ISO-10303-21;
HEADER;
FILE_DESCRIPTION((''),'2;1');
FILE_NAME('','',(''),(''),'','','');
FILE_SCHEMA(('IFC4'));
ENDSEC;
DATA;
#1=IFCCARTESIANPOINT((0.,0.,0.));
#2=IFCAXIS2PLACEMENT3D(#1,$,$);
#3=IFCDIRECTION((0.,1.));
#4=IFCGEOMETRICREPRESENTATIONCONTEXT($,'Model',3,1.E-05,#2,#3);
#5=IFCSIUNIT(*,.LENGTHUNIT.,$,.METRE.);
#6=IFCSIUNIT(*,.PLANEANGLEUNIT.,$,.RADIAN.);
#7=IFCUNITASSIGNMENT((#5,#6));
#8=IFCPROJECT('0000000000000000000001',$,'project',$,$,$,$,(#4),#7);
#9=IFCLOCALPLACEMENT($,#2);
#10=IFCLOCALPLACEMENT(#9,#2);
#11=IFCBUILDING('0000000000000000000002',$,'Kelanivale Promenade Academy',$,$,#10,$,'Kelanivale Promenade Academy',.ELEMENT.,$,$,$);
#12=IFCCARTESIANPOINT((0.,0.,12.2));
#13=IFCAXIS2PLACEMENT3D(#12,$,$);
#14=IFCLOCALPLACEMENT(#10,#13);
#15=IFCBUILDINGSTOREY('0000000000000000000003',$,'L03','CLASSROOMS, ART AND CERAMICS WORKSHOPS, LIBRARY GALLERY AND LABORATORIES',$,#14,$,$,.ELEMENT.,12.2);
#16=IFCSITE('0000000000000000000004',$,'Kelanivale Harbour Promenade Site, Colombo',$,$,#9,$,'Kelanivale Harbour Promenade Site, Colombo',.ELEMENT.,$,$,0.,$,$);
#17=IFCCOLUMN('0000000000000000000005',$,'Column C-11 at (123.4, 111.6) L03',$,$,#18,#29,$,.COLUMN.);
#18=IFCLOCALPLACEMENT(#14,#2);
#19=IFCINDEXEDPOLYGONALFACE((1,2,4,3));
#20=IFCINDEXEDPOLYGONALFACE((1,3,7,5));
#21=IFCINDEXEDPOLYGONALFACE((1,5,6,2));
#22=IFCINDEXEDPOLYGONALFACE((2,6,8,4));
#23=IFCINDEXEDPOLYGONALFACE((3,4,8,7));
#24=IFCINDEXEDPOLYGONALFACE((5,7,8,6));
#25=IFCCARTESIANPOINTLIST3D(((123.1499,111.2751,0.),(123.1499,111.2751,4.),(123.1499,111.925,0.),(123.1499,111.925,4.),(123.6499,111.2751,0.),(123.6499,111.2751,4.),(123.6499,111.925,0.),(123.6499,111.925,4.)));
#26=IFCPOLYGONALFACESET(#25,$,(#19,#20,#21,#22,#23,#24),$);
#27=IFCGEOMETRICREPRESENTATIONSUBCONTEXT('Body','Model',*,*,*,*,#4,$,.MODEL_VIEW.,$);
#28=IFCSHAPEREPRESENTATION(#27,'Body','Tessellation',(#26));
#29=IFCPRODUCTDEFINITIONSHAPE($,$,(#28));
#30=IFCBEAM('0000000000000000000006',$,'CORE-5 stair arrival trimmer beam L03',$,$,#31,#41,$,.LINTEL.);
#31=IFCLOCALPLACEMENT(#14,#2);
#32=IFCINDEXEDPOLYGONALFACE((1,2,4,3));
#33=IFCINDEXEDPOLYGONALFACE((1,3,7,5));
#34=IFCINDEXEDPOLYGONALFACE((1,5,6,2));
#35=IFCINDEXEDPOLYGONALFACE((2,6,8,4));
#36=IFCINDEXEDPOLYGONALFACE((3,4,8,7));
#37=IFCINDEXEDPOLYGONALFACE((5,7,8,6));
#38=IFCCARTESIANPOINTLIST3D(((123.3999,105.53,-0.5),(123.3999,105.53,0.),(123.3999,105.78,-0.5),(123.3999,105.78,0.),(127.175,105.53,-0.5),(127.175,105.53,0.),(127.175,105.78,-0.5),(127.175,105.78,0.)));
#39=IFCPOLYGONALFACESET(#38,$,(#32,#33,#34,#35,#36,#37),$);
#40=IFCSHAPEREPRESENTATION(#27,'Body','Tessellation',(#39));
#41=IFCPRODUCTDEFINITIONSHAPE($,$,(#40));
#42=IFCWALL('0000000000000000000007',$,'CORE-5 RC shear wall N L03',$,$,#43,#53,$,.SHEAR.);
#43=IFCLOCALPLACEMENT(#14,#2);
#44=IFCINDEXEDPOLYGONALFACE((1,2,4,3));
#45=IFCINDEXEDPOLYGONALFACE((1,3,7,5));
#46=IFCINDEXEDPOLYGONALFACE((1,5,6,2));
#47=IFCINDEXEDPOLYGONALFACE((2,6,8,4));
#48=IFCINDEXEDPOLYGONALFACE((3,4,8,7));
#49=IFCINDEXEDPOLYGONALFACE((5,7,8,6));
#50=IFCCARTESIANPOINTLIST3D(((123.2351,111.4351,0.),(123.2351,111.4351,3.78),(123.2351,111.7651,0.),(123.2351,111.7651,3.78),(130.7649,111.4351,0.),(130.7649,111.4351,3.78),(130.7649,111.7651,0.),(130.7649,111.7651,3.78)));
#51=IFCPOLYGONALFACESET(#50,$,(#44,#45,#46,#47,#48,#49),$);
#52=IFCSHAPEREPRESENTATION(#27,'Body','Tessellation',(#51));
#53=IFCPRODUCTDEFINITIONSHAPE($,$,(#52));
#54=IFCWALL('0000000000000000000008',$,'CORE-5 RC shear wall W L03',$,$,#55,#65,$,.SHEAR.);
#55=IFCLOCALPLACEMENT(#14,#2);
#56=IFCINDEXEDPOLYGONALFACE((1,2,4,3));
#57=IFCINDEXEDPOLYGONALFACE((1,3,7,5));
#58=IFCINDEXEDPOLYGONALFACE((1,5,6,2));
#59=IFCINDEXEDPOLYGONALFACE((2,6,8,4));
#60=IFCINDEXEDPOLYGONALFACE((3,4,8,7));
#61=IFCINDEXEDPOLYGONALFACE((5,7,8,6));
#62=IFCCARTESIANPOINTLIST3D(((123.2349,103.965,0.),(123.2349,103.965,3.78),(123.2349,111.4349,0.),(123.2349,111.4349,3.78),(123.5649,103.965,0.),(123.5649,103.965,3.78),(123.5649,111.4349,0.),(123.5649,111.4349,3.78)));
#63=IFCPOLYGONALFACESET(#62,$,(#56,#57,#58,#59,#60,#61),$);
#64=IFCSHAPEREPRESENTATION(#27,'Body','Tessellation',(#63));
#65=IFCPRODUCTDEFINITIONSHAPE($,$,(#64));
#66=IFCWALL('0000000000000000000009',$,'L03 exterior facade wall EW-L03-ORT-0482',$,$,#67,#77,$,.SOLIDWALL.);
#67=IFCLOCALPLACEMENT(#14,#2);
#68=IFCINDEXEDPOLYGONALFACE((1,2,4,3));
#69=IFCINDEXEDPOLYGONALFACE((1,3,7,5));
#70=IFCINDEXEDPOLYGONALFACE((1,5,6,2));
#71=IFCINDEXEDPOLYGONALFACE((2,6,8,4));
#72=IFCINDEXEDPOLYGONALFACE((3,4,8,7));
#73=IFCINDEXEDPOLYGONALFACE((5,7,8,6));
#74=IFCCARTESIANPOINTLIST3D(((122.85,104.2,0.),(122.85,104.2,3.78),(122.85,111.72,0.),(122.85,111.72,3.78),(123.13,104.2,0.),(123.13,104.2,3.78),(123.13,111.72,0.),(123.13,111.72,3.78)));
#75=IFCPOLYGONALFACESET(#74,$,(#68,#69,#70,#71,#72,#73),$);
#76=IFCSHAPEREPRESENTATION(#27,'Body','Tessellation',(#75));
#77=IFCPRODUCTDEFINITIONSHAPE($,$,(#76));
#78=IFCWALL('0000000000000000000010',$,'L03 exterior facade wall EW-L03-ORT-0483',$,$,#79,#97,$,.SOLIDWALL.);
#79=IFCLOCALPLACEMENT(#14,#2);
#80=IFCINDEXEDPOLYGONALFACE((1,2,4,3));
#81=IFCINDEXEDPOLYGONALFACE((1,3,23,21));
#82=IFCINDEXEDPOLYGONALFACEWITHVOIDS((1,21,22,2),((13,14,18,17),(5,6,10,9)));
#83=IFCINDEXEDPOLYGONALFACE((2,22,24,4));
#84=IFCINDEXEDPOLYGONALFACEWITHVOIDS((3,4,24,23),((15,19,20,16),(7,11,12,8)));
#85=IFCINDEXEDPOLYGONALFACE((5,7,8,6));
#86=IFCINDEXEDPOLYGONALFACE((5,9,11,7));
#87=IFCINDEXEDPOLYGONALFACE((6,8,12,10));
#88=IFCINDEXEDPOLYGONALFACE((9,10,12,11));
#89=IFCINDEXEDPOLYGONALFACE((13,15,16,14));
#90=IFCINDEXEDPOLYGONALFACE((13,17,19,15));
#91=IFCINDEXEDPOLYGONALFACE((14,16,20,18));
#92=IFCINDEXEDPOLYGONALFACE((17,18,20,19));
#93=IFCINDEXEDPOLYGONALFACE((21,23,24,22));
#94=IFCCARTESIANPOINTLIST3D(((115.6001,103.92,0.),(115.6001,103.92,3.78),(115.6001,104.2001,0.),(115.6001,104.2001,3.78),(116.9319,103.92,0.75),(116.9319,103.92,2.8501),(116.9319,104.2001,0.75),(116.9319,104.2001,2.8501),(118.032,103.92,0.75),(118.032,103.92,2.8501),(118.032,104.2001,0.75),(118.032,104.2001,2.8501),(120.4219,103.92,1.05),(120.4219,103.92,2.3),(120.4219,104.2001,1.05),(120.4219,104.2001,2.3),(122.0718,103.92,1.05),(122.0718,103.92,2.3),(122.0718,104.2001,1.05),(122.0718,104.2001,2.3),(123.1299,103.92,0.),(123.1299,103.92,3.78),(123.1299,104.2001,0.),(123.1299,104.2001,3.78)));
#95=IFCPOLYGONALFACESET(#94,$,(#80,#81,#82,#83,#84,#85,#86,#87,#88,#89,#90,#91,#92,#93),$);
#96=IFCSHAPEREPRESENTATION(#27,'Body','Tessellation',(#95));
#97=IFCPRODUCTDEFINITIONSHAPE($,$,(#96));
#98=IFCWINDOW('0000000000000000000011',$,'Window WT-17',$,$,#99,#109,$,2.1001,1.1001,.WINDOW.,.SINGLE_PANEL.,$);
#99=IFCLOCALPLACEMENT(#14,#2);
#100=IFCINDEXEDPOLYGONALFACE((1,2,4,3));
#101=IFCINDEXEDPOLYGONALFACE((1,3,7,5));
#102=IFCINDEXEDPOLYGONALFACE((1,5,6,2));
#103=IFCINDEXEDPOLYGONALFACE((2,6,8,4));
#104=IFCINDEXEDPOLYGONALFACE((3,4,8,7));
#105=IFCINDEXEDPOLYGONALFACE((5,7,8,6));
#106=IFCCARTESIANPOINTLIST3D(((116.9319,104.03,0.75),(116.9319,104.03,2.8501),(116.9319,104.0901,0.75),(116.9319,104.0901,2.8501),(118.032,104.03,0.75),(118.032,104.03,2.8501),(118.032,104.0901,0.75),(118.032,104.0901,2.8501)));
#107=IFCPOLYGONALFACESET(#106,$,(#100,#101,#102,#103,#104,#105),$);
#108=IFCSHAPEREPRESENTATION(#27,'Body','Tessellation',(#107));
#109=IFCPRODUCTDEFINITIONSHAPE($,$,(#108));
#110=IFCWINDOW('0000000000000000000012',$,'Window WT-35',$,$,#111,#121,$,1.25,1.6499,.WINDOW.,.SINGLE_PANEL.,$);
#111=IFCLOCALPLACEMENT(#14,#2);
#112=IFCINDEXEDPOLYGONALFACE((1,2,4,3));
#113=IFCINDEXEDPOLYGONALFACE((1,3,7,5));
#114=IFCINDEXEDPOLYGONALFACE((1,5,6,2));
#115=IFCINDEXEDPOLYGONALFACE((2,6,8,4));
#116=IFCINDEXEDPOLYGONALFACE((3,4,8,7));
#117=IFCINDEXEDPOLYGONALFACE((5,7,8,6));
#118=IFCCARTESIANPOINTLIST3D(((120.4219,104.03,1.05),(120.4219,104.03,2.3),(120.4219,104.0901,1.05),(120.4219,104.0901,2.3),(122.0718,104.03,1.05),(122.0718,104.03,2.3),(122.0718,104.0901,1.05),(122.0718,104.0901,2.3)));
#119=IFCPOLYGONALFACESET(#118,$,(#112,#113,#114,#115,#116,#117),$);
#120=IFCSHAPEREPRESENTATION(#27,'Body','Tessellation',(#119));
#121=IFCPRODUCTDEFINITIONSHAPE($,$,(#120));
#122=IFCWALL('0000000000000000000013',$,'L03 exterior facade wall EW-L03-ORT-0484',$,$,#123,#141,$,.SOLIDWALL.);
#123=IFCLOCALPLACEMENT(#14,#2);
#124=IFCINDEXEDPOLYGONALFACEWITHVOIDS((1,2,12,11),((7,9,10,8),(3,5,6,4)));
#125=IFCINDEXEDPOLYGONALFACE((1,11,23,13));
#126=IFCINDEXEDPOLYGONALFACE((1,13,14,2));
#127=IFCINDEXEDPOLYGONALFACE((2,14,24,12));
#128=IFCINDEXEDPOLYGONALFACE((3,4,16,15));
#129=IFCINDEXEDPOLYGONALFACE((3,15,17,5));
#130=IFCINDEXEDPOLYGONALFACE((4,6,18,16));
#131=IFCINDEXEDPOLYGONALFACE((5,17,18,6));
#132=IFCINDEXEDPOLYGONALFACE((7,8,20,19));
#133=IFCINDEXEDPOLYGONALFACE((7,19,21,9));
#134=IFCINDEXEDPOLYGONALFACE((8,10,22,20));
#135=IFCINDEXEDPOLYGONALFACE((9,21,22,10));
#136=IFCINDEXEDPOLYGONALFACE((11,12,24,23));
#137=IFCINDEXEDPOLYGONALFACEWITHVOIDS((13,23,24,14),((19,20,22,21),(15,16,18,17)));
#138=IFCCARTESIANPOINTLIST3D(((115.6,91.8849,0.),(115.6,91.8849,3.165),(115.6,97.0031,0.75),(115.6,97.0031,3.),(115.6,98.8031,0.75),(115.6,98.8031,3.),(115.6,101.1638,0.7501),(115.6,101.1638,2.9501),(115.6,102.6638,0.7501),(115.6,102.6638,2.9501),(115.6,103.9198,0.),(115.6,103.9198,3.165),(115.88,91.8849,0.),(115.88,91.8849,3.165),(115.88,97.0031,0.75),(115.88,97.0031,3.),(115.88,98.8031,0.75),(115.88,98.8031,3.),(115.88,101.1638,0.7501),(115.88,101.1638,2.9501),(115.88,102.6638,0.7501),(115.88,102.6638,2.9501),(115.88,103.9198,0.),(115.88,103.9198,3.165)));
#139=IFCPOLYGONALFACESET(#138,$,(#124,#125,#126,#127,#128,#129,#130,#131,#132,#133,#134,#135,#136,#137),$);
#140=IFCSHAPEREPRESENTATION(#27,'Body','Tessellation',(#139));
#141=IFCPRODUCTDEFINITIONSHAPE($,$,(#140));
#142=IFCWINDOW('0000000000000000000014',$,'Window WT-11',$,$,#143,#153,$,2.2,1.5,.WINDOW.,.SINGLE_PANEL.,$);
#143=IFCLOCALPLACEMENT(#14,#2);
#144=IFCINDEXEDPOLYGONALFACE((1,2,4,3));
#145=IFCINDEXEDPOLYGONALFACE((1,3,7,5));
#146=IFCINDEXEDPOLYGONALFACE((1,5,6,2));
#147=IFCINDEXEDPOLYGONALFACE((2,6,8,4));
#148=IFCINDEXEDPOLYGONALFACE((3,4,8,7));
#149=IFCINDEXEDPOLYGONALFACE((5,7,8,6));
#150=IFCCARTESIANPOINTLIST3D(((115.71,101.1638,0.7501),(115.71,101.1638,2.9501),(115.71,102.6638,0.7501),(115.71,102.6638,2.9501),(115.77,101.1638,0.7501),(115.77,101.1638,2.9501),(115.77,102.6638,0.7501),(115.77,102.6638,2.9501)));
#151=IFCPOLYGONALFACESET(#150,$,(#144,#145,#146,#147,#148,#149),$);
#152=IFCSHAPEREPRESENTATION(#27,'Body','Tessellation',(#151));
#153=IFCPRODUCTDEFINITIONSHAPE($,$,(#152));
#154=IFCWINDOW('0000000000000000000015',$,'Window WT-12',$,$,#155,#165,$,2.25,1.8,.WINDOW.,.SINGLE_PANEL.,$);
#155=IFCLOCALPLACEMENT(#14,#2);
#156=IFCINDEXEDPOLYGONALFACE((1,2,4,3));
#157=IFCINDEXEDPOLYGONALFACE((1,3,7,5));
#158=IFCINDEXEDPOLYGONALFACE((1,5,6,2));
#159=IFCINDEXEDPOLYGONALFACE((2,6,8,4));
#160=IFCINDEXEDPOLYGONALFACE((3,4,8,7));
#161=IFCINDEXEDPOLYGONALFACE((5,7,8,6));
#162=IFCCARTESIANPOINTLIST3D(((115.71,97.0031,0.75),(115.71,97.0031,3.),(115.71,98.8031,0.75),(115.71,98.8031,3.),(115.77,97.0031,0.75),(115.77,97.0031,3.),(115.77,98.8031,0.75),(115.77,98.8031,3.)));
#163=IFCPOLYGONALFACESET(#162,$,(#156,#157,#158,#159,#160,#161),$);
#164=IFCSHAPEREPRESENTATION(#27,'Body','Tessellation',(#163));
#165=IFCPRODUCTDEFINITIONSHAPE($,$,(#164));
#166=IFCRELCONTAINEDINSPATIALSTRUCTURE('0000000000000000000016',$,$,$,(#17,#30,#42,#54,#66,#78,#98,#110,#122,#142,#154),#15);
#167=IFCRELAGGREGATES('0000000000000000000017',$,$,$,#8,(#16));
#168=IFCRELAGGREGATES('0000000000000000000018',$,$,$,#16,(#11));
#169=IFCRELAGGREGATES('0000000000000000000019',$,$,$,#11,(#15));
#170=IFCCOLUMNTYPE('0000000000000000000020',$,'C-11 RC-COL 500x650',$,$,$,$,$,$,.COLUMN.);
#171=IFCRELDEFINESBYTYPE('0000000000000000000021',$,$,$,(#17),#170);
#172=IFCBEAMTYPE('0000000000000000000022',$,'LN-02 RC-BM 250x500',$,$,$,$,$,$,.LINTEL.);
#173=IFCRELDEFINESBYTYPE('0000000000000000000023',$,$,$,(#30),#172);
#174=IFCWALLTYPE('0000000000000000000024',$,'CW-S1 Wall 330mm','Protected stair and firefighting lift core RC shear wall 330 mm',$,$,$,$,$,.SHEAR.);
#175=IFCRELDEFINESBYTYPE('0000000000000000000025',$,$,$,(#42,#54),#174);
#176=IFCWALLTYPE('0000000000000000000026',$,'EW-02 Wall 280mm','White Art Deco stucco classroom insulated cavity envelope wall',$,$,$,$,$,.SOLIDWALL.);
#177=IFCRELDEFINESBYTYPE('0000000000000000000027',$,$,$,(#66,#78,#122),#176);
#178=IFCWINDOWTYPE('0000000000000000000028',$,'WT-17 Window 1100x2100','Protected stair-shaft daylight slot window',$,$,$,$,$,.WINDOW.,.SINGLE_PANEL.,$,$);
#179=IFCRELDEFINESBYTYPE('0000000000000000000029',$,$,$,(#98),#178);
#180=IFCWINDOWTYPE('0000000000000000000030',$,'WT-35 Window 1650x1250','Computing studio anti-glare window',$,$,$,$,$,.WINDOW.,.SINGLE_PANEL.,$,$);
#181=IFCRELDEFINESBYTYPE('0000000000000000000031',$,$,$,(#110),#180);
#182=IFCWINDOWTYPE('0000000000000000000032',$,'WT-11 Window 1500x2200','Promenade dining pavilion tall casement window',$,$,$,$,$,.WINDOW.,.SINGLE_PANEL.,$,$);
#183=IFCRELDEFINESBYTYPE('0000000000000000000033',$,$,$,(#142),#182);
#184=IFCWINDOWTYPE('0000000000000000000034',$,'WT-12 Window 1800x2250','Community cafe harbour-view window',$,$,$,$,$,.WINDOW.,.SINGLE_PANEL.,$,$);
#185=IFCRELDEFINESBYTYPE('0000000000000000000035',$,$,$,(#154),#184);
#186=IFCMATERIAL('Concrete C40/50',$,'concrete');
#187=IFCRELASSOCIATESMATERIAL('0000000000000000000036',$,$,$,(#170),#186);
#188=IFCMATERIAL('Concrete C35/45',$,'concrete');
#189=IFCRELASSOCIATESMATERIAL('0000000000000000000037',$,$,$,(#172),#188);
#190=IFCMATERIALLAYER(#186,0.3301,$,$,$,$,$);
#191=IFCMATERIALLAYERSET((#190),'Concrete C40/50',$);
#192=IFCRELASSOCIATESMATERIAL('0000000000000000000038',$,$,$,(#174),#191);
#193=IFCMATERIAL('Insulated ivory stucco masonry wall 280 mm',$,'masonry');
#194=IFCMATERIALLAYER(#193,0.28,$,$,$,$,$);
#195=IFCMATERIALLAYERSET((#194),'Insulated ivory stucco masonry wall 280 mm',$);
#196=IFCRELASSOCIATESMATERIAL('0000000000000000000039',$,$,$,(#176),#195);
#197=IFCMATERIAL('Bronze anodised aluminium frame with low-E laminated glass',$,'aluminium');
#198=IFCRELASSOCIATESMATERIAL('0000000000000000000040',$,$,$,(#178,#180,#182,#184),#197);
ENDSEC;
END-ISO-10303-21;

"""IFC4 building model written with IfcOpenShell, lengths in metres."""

from ifc_helpers import new_model, si_unit, direction, frame, frame_2d, origin, origin_2d, place, context, subcontext, project, spatial, rectangle, extrude, material, layer, layer_set, material_profile, profile_set, type_object, element, fill, save


model = new_model("IFC4")

# Units and contexts
model_context = context("Model", 3, precision=1e-05, world=origin(), true_north=direction((0.0, 1.0)))
body_context = subcontext(model_context, "Body", "Model", "MODEL_VIEW")
ifc_project = project(units=[si_unit("LENGTHUNIT", "METRE"), si_unit("PLANEANGLEUNIT", "RADIAN")], contexts=[model_context])

# Site, building, storey
site_placement = place(None, origin())
site = spatial("IfcSite", under=ifc_project, at=site_placement, Name="Kelanivale Harbour Promenade Site, Colombo", LongName="Kelanivale Harbour Promenade Site, Colombo", CompositionType="ELEMENT", RefElevation=0.0)
building_placement = place(site_placement, origin())
building = spatial("IfcBuilding", under=site, at=building_placement, Name="Kelanivale Promenade Academy", LongName="Kelanivale Promenade Academy", CompositionType="ELEMENT")
storey_placement = place(building_placement, frame((0.0, 0.0, 12.2)))
storey = spatial("IfcBuildingStorey", under=building, at=storey_placement, Name="L03", Description="CLASSROOMS, ART AND CERAMICS WORKSHOPS, LIBRARY GALLERY AND LABORATORIES", CompositionType="ELEMENT", Elevation=12.2)

# Column
ifc_material_1 = material(Name="Concrete C40/50", Category="concrete")
ifc_material_profile_1 = material_profile(ifc_material_1, rectangle(XDim=0.5, YDim=0.6499, at=origin_2d()), Name="RC-COL 500x650")
ifc_profile_set_1 = profile_set([ifc_material_profile_1], Name="Concrete C40/50")
column_type = type_object("IfcColumnType", Name="C-11 RC-COL 500x650", PredefinedType="COLUMN", material=ifc_profile_set_1)
column_placement = place(storey_placement, frame((123.3999, 111.6001, 0.0), z_axis=(0.0, 0.0, 1.0), x_axis=(1.0, 0.0, 0.0)))
element("IfcColumn", 1, at=column_placement, inside=storey, type_object=column_type, Name="Column C-11 at (123.4, 111.6) L03", PredefinedType="COLUMN", context=body_context, shape_type="SweptSolid", body=[
    extrude(rectangle(XDim=0.5, YDim=0.6499, at=origin_2d()), origin(), (0.0, 0.0, 1.0), 4.0),
])

# Beam
ifc_material_2 = material(Name="Concrete C35/45", Category="concrete")
ifc_material_profile_2 = material_profile(ifc_material_2, rectangle(XDim=0.25, YDim=0.5, at=origin_2d()), Name="RC-BM 250x500")
ifc_profile_set_2 = profile_set([ifc_material_profile_2], Name="Concrete C35/45")
beam_type = type_object("IfcBeamType", Name="LN-02 RC-BM 250x500", PredefinedType="LINTEL", material=ifc_profile_set_2)
beam_placement = place(storey_placement, frame((123.3999, 105.655, -0.25), z_axis=(1.0, 0.0, 0.0), x_axis=(0.0, 1.0, 0.0)))
element("IfcBeam", 2, at=beam_placement, inside=storey, type_object=beam_type, Name="CORE-5 stair arrival trimmer beam L03", PredefinedType="LINTEL", context=body_context, shape_type="SweptSolid", body=[
    extrude(rectangle(XDim=0.25, YDim=0.5, at=origin_2d()), origin(), (0.0, 0.0, 1.0), 3.7751),
])

# Walls
ifc_layer_1 = layer(ifc_material_1, 0.3301)
ifc_layer_set_1 = layer_set([ifc_layer_1], Name="Concrete C40/50")
wall_type_1 = type_object("IfcWallType", Name="CW-S1 Wall 330mm", Description="Protected stair and firefighting lift core RC shear wall 330 mm", PredefinedType="SHEAR", material=ifc_layer_set_1)
wall_1_placement = place(storey_placement, frame((123.2351, 111.6001, 0.0), z_axis=(0.0, 0.0, 1.0), x_axis=(1.0, 0.0, 0.0)))
element("IfcWall", 3, at=wall_1_placement, inside=storey, type_object=wall_type_1, Name="CORE-5 RC shear wall N L03", PredefinedType="SHEAR", context=body_context, shape_type="SweptSolid", body=[
    extrude(rectangle(XDim=7.5298, YDim=0.3301, at=frame_2d((3.7649, 0.0))), origin(), (0.0, 0.0, 1.0), 3.78),
])
wall_2_placement = place(storey_placement, frame((123.3999, 103.9651, 0.0), z_axis=(0.0, 0.0, 1.0), x_axis=(0.0, 1.0, 0.0)))
element("IfcWall", 4, at=wall_2_placement, inside=storey, type_object=wall_type_1, Name="CORE-5 RC shear wall W L03", PredefinedType="SHEAR", context=body_context, shape_type="SweptSolid", body=[
    extrude(rectangle(XDim=7.47, YDim=0.3301, at=frame_2d((3.7349, 0.0))), origin(), (0.0, 0.0, 1.0), 3.78),
])
ifc_material_3 = material(Name="Insulated ivory stucco masonry wall 280 mm", Category="masonry")
ifc_layer_2 = layer(ifc_material_3, 0.28)
ifc_layer_set_2 = layer_set([ifc_layer_2], Name="Insulated ivory stucco masonry wall 280 mm")
wall_type_2 = type_object("IfcWallType", Name="EW-02 Wall 280mm", Description="White Art Deco stucco classroom insulated cavity envelope wall", PredefinedType="SOLIDWALL", material=ifc_layer_set_2)
wall_3_placement = place(storey_placement, frame((122.99, 111.72, 0.0), z_axis=(0.0, 0.0, 1.0), x_axis=(0.0, -1.0, 0.0)))
element("IfcWall", 5, at=wall_3_placement, inside=storey, type_object=wall_type_2, Name="L03 exterior facade wall EW-L03-ORT-0482", PredefinedType="SOLIDWALL", context=body_context, shape_type="SweptSolid", body=[
    extrude(rectangle(XDim=7.52, YDim=0.28, at=frame_2d((3.76, 0.0))), origin(), (0.0, 0.0, 1.0), 3.78),
])

# Walls, openings, windows
wall_4_placement = place(storey_placement, frame((123.1299, 104.0601, 0.0), z_axis=(0.0, 0.0, 1.0), x_axis=(-1.0, 0.0, 0.0)))
wall_4 = element("IfcWall", 6, at=wall_4_placement, inside=storey, type_object=wall_type_2, Name="L03 exterior facade wall EW-L03-ORT-0483", PredefinedType="SOLIDWALL", context=body_context, shape_type="SweptSolid", body=[
    extrude(rectangle(XDim=7.5298, YDim=0.28, at=frame_2d((3.7649, 0.0))), origin(), (0.0, 0.0, 1.0), 3.78),
])
opening_1_placement = place(wall_4_placement, frame((1.0581, 0.0, 1.05)))
opening_1 = element("IfcOpeningElement", 7, at=opening_1_placement, cuts=wall_4, PredefinedType="OPENING", context=body_context, shape_type="SweptSolid", body=[
    extrude(rectangle(XDim=1.6499, YDim=1.25, at=frame_2d((0.825, 0.625))), frame((0.0, 0.1499, 0.0), z_axis=(0.0, -1.0, 0.0), x_axis=(1.0, 0.0, 0.0)), (0.0, 0.0, 1.0), 0.3),
])
opening_2_placement = place(wall_4_placement, frame((5.0979, 0.0, 0.75)))
opening_2 = element("IfcOpeningElement", 8, at=opening_2_placement, cuts=wall_4, PredefinedType="OPENING", context=body_context, shape_type="SweptSolid", body=[
    extrude(rectangle(XDim=1.1001, YDim=2.1001, at=frame_2d((0.55, 1.05))), frame((0.0, 0.1499, 0.0), z_axis=(0.0, -1.0, 0.0), x_axis=(1.0, 0.0, 0.0)), (0.0, 0.0, 1.0), 0.3),
])
ifc_material_4 = material(Name="Bronze anodised aluminium frame with low-E laminated glass", Category="aluminium")
window_type_1 = type_object("IfcWindowType", Name="WT-17 Window 1100x2100", Description="Protected stair-shaft daylight slot window", PartitioningType="SINGLE_PANEL", PredefinedType="WINDOW", material=ifc_material_4)
window_1_placement = place(opening_2_placement, origin())
window_1 = element("IfcWindow", 9, at=window_1_placement, inside=storey, type_object=window_type_1, Name="Window WT-17", OverallHeight=2.1001, OverallWidth=1.1001, PartitioningType="SINGLE_PANEL", PredefinedType="WINDOW", context=body_context, shape_type="SweptSolid", body=[
    extrude(rectangle(XDim=1.1001, YDim=2.1001, at=frame_2d((0.55, 1.05))), frame((0.0, 0.03, 0.0), z_axis=(0.0, -1.0, 0.0), x_axis=(1.0, 0.0, 0.0)), (0.0, 0.0, 1.0), 0.0601),
])
fill(opening_2, window_1)
window_type_2 = type_object("IfcWindowType", Name="WT-35 Window 1650x1250", Description="Computing studio anti-glare window", PartitioningType="SINGLE_PANEL", PredefinedType="WINDOW", material=ifc_material_4)
window_2_placement = place(opening_1_placement, origin())
window_2 = element("IfcWindow", 10, at=window_2_placement, inside=storey, type_object=window_type_2, Name="Window WT-35", OverallHeight=1.25, OverallWidth=1.6499, PartitioningType="SINGLE_PANEL", PredefinedType="WINDOW", context=body_context, shape_type="SweptSolid", body=[
    extrude(rectangle(XDim=1.6499, YDim=1.25, at=frame_2d((0.825, 0.625))), frame((0.0, 0.03, 0.0), z_axis=(0.0, -1.0, 0.0), x_axis=(1.0, 0.0, 0.0)), (0.0, 0.0, 1.0), 0.0601),
])
fill(opening_1, window_2)
wall_5_placement = place(storey_placement, frame((115.74, 103.9199, 0.0), z_axis=(0.0, 0.0, 1.0), x_axis=(0.0, -1.0, 0.0)))
wall_5 = element("IfcWall", 11, at=wall_5_placement, inside=storey, type_object=wall_type_2, Name="L03 exterior facade wall EW-L03-ORT-0484", PredefinedType="SOLIDWALL", context=body_context, shape_type="SweptSolid", body=[
    extrude(rectangle(XDim=12.0349, YDim=0.28, at=frame_2d((6.0176, 0.0))), origin(), (0.0, 0.0, 1.0), 3.165),
])
opening_3_placement = place(wall_5_placement, frame((1.2561, 0.0, 0.75)))
opening_3 = element("IfcOpeningElement", 12, at=opening_3_placement, cuts=wall_5, PredefinedType="OPENING", context=body_context, shape_type="SweptSolid", body=[
    extrude(rectangle(XDim=1.5, YDim=2.2, at=frame_2d((0.75, 1.1001))), frame((0.0, 0.1499, 0.0), z_axis=(0.0, -1.0, 0.0), x_axis=(1.0, 0.0, 0.0)), (0.0, 0.0, 1.0), 0.3),
])
opening_4_placement = place(wall_5_placement, frame((5.1169, 0.0, 0.75)))
opening_4 = element("IfcOpeningElement", 13, at=opening_4_placement, cuts=wall_5, PredefinedType="OPENING", context=body_context, shape_type="SweptSolid", body=[
    extrude(rectangle(XDim=1.8, YDim=2.25, at=frame_2d((0.8999, 1.125))), frame((0.0, 0.1499, 0.0), z_axis=(0.0, -1.0, 0.0), x_axis=(1.0, 0.0, 0.0)), (0.0, 0.0, 1.0), 0.3),
])
window_type_3 = type_object("IfcWindowType", Name="WT-11 Window 1500x2200", Description="Promenade dining pavilion tall casement window", PartitioningType="SINGLE_PANEL", PredefinedType="WINDOW", material=ifc_material_4)
window_3_placement = place(opening_3_placement, origin())
window_3 = element("IfcWindow", 14, at=window_3_placement, inside=storey, type_object=window_type_3, Name="Window WT-11", OverallHeight=2.2, OverallWidth=1.5, PartitioningType="SINGLE_PANEL", PredefinedType="WINDOW", context=body_context, shape_type="SweptSolid", body=[
    extrude(rectangle(XDim=1.5, YDim=2.2, at=frame_2d((0.75, 1.1001))), frame((0.0, 0.03, 0.0), z_axis=(0.0, -1.0, 0.0), x_axis=(1.0, 0.0, 0.0)), (0.0, 0.0, 1.0), 0.0601),
])
fill(opening_3, window_3)
window_type_4 = type_object("IfcWindowType", Name="WT-12 Window 1800x2250", Description="Community cafe harbour-view window", PartitioningType="SINGLE_PANEL", PredefinedType="WINDOW", material=ifc_material_4)
window_4_placement = place(opening_4_placement, origin())
window_4 = element("IfcWindow", 15, at=window_4_placement, inside=storey, type_object=window_type_4, Name="Window WT-12", OverallHeight=2.25, OverallWidth=1.8, PartitioningType="SINGLE_PANEL", PredefinedType="WINDOW", context=body_context, shape_type="SweptSolid", body=[
    extrude(rectangle(XDim=1.8, YDim=2.25, at=frame_2d((0.8999, 1.125))), frame((0.0, 0.03, 0.0), z_axis=(0.0, -1.0, 0.0), x_axis=(1.0, 0.0, 0.0)), (0.0, 0.0, 1.0), 0.0601),
])
fill(opening_4, window_4)

save(model, "model.ifc")
